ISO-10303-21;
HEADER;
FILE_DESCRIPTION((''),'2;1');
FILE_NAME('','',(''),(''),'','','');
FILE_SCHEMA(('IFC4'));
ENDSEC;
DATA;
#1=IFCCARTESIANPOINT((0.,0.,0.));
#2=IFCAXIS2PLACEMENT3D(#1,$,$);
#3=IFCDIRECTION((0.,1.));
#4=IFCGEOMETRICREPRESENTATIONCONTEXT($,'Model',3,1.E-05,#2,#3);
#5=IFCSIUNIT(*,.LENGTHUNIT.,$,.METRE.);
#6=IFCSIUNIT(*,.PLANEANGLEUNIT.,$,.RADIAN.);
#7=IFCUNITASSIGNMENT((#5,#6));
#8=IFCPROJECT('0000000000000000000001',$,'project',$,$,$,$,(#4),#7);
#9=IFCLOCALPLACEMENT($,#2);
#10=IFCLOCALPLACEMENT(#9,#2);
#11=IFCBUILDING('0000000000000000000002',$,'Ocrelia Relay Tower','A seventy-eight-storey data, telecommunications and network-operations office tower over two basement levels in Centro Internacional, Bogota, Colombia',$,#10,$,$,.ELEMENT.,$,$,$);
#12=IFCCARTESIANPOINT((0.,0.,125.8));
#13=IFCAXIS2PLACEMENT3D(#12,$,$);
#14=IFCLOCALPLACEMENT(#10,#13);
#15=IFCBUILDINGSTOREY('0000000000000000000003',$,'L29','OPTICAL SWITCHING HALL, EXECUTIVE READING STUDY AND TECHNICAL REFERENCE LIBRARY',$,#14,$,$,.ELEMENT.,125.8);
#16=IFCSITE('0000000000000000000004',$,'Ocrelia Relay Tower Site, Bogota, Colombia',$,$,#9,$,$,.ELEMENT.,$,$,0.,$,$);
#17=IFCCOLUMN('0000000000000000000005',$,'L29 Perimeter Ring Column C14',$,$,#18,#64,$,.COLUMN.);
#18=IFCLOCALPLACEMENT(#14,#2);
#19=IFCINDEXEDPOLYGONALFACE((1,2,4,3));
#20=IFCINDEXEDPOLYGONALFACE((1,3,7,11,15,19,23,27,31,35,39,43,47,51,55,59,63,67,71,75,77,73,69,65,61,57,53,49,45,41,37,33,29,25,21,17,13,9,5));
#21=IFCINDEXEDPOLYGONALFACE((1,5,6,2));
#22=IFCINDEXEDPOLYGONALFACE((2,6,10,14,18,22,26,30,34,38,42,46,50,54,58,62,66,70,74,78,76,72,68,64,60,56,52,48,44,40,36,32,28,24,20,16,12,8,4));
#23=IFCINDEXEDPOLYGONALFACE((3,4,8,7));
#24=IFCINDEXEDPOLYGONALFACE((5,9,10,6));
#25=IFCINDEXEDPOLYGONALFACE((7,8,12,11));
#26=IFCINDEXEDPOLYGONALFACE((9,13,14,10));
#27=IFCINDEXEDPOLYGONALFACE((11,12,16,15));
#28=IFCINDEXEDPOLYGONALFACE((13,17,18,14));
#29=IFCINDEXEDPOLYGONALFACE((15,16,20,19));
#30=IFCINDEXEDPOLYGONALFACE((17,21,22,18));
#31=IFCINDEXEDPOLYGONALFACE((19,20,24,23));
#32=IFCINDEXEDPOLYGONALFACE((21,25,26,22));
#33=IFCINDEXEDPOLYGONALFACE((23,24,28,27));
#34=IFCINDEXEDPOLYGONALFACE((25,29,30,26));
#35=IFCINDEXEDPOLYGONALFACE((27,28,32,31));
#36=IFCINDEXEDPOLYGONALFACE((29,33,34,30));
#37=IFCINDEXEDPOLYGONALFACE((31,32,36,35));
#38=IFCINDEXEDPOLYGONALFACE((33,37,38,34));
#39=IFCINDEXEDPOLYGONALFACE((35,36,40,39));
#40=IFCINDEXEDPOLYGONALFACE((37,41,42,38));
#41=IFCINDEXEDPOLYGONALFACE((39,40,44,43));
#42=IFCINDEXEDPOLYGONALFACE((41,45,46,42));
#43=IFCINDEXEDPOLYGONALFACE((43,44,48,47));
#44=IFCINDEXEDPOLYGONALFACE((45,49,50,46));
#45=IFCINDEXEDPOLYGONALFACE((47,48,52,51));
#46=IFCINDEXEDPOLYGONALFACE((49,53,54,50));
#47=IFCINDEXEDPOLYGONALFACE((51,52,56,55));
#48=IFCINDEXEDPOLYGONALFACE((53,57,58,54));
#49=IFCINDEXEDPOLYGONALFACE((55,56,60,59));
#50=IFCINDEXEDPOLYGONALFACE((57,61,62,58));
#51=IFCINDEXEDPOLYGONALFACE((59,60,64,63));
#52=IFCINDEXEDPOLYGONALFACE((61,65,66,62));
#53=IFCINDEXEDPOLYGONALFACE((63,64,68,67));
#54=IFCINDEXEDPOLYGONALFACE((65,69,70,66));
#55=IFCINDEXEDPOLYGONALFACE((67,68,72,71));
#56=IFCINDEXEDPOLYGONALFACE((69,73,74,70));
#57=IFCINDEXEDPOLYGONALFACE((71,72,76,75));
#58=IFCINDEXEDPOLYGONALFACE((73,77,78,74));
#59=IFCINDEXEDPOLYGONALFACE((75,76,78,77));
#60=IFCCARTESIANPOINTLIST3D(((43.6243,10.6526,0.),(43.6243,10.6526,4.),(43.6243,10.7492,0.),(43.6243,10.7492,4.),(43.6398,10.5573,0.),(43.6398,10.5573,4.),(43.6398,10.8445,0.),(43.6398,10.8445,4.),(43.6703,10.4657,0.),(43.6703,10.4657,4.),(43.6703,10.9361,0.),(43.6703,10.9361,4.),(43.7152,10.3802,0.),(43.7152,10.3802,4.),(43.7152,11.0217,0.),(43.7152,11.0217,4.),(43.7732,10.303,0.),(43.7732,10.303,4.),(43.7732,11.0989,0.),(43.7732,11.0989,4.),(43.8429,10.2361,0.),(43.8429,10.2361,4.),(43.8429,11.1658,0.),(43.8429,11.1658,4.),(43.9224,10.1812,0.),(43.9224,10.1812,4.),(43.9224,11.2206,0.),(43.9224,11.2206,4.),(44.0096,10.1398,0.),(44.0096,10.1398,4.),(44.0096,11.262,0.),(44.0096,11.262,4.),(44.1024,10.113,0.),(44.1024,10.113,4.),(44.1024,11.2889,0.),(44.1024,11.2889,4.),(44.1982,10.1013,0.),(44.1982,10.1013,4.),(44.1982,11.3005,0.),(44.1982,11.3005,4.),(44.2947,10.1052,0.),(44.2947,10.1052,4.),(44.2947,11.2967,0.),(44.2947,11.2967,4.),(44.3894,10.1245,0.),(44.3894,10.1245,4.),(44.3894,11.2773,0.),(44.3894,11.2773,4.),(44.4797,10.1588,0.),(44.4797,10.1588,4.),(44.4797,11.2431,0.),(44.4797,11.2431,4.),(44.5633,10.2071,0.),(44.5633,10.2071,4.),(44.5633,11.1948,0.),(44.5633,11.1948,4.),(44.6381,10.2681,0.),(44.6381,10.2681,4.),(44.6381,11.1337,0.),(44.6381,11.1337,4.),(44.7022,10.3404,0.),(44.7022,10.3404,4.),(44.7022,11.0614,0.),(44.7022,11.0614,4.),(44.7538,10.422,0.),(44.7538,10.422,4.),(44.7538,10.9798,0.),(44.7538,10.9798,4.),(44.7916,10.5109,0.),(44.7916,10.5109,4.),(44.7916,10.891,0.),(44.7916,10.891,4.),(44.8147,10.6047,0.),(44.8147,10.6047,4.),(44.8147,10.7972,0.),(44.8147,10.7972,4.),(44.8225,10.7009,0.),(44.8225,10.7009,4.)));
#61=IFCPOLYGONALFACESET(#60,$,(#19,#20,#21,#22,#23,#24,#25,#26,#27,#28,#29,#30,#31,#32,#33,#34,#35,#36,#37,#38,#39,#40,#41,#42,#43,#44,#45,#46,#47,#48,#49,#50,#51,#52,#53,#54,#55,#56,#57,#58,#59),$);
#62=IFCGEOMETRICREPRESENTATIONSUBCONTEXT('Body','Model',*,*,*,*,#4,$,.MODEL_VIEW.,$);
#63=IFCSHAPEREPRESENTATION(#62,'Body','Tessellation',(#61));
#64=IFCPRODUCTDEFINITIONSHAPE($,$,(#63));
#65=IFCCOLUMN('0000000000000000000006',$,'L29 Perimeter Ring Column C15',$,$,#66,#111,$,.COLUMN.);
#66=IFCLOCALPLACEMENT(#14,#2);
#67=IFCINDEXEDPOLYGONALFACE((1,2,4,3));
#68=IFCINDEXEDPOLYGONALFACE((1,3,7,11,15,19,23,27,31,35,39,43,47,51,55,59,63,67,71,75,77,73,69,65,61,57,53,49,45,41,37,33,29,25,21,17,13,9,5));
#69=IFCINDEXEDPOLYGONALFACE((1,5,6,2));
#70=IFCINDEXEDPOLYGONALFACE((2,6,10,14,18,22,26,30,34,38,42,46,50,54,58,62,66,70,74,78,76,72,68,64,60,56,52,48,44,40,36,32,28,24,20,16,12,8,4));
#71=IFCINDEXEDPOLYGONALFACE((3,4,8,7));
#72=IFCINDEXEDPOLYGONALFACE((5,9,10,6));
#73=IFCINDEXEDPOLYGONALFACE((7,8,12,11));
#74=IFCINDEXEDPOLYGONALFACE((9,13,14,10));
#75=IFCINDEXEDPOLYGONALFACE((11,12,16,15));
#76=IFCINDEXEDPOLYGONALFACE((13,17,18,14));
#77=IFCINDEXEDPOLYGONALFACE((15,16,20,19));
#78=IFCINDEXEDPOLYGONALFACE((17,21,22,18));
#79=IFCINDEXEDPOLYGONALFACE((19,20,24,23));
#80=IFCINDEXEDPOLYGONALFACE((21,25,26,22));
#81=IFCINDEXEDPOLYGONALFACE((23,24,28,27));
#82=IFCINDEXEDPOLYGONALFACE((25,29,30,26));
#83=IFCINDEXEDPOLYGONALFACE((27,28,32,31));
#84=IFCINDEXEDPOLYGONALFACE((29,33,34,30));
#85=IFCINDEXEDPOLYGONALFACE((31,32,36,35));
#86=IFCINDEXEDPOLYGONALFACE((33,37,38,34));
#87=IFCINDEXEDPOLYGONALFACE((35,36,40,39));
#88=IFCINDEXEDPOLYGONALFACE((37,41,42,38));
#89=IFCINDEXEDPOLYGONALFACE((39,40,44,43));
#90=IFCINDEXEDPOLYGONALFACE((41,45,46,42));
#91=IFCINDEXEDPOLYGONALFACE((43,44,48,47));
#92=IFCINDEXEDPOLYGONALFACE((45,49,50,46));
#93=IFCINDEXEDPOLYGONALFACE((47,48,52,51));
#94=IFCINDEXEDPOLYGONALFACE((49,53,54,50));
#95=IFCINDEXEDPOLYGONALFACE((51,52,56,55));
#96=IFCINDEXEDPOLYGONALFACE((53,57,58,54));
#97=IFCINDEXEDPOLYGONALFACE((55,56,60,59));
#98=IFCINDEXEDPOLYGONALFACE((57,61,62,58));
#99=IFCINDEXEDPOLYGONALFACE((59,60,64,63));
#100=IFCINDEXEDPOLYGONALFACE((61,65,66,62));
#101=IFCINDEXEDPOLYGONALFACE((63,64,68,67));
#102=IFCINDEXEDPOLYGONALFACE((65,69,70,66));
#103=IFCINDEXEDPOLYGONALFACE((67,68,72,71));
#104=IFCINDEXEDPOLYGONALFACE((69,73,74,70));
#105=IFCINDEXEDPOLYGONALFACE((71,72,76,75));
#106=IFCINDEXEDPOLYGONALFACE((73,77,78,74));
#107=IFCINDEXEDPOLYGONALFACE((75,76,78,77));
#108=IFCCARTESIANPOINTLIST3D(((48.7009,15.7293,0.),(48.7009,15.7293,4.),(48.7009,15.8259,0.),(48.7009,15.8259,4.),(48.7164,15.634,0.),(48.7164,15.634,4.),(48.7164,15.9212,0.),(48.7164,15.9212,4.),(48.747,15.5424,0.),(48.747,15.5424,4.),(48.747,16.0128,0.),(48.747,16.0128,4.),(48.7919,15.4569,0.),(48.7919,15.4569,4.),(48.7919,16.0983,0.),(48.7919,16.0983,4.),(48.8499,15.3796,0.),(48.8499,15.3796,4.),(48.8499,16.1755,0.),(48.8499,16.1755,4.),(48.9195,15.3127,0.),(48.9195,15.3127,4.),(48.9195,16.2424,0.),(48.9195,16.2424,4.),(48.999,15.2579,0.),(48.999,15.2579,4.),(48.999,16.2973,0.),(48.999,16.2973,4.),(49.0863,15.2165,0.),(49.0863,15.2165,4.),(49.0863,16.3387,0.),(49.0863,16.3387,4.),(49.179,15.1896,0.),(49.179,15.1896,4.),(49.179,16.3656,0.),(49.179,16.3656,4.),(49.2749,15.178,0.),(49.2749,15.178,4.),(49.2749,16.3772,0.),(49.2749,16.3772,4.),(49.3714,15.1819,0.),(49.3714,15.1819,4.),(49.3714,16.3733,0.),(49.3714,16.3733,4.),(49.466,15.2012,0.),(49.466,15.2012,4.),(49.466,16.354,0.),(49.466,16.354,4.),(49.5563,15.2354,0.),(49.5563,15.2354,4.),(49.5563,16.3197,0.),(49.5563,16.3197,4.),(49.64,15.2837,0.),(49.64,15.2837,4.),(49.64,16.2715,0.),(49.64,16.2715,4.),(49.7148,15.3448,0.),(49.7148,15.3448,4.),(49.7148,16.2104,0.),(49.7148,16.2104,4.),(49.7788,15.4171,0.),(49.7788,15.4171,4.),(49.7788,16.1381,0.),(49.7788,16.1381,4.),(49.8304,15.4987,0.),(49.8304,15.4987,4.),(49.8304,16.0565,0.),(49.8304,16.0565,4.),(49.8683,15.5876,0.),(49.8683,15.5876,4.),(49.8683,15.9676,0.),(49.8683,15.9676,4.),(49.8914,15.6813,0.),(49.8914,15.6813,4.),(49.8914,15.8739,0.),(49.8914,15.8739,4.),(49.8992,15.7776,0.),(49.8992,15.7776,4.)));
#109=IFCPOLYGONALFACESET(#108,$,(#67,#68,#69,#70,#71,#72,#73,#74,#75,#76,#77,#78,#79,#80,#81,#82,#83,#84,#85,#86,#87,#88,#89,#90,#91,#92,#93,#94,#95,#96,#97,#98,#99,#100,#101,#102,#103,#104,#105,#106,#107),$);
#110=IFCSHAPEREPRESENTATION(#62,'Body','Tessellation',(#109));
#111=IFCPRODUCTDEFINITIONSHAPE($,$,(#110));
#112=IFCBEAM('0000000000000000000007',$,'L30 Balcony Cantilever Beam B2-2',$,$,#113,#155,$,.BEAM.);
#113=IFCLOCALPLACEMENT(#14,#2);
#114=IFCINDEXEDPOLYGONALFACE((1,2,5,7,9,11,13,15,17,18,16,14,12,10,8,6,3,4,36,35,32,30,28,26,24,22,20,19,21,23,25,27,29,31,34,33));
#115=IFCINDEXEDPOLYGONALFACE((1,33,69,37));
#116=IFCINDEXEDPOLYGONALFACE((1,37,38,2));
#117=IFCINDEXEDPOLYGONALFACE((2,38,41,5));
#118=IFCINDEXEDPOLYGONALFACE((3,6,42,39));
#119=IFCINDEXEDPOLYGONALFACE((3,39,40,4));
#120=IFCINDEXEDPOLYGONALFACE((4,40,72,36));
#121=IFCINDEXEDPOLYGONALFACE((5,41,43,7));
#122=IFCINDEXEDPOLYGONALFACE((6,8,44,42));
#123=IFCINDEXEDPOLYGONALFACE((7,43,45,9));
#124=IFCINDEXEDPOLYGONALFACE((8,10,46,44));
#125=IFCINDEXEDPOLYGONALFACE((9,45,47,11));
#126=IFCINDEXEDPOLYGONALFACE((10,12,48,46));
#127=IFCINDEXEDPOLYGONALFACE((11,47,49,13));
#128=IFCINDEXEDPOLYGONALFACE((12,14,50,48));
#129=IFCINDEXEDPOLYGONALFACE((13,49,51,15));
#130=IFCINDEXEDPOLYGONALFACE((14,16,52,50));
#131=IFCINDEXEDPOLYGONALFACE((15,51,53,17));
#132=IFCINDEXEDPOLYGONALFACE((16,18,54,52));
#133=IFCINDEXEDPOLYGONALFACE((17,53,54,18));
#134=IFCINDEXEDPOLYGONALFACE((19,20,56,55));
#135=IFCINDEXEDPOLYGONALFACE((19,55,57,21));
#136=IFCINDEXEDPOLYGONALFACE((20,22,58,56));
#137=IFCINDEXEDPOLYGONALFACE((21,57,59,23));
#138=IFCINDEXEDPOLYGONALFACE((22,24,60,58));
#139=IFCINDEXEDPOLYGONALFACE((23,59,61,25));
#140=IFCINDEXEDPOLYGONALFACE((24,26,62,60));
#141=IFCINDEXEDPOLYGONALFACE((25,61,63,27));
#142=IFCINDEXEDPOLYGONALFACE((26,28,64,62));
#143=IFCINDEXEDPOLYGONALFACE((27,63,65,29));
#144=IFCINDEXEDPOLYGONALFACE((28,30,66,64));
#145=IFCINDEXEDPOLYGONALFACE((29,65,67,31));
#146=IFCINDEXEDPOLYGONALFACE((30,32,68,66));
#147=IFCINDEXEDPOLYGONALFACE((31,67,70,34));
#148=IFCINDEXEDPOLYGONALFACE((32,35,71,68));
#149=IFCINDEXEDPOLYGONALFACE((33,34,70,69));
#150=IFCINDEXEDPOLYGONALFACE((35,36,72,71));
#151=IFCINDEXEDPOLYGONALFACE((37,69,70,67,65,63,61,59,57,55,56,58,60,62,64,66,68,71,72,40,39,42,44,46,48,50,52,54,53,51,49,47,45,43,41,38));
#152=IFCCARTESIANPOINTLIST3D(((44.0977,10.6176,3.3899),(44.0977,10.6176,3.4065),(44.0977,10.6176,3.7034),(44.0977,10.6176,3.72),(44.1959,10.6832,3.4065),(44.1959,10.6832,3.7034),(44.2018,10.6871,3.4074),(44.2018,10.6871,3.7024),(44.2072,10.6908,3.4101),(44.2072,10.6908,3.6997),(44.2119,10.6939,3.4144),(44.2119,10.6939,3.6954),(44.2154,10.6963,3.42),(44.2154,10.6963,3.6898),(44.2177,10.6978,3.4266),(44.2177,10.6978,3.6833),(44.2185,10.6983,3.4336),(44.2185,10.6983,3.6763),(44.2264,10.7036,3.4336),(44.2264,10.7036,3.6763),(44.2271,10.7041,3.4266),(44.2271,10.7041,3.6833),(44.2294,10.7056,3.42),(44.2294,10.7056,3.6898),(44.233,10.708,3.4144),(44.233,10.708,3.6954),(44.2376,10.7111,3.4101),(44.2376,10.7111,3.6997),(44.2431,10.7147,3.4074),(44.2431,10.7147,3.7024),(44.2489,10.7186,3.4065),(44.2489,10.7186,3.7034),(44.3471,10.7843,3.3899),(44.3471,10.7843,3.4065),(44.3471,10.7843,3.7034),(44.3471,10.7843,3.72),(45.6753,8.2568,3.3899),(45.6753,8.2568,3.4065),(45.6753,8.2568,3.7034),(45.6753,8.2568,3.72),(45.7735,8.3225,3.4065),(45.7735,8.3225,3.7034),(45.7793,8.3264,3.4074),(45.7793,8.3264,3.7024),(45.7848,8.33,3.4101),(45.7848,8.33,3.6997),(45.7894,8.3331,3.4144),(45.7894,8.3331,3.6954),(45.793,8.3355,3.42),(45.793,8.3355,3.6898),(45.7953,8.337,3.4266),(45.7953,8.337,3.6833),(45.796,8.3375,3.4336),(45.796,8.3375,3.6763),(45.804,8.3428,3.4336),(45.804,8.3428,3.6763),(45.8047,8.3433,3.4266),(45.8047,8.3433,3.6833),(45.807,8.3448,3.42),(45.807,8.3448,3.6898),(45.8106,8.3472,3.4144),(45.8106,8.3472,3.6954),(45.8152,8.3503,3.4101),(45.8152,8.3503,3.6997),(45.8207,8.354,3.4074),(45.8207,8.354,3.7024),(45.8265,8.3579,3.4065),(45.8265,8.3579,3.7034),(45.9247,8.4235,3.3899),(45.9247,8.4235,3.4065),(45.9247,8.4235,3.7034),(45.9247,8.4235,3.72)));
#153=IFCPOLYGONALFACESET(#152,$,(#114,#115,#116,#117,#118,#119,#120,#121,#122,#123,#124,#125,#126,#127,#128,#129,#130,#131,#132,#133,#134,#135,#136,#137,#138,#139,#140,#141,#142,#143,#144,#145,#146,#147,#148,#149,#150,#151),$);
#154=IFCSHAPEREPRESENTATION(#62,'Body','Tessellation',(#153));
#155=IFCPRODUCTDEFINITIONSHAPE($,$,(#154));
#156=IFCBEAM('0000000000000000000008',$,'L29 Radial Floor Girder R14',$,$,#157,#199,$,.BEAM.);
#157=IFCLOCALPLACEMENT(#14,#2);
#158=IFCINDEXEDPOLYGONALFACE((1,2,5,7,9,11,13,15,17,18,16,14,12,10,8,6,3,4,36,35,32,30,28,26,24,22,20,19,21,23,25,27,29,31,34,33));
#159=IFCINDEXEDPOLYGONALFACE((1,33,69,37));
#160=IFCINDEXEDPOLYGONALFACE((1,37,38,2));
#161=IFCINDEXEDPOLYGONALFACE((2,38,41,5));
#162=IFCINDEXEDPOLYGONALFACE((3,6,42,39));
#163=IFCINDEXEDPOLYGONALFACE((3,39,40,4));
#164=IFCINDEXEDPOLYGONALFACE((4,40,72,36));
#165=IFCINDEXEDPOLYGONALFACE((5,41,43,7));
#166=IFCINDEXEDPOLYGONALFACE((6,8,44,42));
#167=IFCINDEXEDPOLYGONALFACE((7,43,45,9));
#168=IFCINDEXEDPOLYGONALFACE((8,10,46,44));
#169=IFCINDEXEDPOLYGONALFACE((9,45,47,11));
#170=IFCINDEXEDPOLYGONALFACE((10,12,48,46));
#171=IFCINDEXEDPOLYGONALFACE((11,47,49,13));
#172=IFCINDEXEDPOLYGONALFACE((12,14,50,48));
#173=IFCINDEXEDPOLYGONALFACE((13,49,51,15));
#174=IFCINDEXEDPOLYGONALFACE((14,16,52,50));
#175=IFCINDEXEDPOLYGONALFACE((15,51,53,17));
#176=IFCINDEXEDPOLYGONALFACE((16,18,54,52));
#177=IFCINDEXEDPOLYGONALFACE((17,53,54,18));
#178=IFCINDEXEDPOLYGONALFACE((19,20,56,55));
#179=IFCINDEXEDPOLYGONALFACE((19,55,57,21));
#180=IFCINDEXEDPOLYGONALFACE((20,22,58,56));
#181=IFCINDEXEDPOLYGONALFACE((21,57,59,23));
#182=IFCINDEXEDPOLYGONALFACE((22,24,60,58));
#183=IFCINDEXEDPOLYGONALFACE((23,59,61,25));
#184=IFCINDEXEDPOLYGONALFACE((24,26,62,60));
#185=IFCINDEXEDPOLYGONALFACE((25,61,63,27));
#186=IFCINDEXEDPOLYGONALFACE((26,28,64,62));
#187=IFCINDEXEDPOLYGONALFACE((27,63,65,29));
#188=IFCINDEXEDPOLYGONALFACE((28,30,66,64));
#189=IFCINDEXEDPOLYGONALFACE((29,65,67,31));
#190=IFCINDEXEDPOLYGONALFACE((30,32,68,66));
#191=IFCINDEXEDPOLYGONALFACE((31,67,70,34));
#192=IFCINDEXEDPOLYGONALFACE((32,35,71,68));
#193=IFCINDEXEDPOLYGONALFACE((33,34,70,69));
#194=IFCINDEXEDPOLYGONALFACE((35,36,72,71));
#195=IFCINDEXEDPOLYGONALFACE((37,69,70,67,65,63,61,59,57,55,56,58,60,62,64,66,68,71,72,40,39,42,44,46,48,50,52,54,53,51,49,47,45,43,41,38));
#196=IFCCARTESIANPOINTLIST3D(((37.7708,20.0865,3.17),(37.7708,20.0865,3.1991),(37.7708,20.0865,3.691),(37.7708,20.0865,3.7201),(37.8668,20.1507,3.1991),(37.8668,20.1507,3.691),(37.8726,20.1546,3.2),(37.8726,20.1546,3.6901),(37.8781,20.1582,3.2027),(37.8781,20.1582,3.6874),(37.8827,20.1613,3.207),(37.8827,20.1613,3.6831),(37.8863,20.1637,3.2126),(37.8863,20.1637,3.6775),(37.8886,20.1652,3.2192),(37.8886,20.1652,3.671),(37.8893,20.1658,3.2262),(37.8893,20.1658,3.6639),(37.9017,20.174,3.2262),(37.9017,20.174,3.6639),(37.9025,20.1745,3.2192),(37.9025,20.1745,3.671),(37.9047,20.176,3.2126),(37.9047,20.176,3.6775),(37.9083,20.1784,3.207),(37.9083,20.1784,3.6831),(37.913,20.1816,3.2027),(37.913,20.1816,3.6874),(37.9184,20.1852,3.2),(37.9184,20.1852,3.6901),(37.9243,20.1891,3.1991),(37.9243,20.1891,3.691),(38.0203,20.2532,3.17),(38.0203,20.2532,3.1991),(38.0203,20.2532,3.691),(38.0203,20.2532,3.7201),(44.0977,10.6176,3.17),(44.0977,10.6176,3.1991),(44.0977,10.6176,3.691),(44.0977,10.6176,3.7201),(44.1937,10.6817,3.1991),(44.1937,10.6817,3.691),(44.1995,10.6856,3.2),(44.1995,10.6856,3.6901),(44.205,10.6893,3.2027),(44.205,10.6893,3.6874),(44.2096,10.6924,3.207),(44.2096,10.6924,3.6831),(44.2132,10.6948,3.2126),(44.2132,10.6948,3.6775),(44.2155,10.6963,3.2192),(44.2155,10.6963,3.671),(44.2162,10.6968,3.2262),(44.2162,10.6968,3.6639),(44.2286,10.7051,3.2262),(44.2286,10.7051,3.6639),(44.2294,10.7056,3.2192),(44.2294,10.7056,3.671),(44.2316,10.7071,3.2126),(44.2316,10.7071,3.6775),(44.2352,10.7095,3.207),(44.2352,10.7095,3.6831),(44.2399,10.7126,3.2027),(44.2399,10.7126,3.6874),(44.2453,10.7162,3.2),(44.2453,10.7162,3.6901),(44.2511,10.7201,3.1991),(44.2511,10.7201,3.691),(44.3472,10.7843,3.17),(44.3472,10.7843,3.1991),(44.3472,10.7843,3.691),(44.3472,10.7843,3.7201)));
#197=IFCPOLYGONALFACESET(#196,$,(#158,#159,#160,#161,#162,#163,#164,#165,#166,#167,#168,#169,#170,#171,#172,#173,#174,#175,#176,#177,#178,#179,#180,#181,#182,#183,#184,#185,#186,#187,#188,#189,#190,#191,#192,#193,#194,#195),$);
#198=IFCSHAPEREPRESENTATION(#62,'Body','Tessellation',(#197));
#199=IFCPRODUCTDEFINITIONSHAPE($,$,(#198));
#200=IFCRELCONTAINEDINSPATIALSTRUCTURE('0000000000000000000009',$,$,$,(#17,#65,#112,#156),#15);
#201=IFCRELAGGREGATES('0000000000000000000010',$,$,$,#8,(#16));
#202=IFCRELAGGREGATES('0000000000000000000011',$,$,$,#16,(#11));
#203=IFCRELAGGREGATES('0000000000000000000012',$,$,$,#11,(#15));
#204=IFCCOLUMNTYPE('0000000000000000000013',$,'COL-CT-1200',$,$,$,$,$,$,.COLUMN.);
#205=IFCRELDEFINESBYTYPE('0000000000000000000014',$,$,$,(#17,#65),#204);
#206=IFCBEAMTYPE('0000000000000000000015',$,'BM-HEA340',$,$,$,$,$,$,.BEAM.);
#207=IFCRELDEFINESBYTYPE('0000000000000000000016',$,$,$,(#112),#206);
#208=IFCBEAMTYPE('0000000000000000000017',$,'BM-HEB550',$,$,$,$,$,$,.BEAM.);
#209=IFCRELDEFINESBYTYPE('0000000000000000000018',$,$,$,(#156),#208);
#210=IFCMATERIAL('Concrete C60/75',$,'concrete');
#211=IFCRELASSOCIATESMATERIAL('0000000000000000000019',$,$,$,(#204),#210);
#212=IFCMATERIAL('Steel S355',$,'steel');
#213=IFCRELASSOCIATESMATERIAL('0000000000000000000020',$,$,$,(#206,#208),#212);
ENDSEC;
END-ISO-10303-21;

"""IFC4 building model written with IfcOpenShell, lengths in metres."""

from ifc_helpers import new_model, si_unit, direction, frame, origin, origin_2d, place, context, subcontext, project, spatial, circle, i_section, extrude, material, material_profile, profile_set, type_object, element, save


model = new_model("IFC4")

# Units and contexts
model_context = context("Model", 3, precision=1e-05, world=origin(), true_north=direction((0.0, 1.0)))
body_context = subcontext(model_context, "Body", "Model", "MODEL_VIEW")
ifc_project = project(units=[si_unit("LENGTHUNIT", "METRE"), si_unit("PLANEANGLEUNIT", "RADIAN")], contexts=[model_context])

# Site, building, storey
site_placement = place(None, origin())
site = spatial("IfcSite", under=ifc_project, at=site_placement, Name="Ocrelia Relay Tower Site, Bogota, Colombia", CompositionType="ELEMENT", RefElevation=0.0)
building_placement = place(site_placement, origin())
building = spatial("IfcBuilding", under=site, at=building_placement, Name="Ocrelia Relay Tower", Description="A seventy-eight-storey data, telecommunications and network-operations office tower over two basement levels in Centro Internacional, Bogota, Colombia", CompositionType="ELEMENT")
storey_placement = place(building_placement, frame((0.0, 0.0, 125.8)))
storey = spatial("IfcBuildingStorey", under=building, at=storey_placement, Name="L29", Description="OPTICAL SWITCHING HALL, EXECUTIVE READING STUDY AND TECHNICAL REFERENCE LIBRARY", CompositionType="ELEMENT", Elevation=125.8)

# Columns
ifc_material_1 = material(Name="Concrete C60/75", Category="concrete")
ifc_material_profile_1 = material_profile(ifc_material_1, circle(Radius=0.6001, at=origin_2d()), Name="RC-CIR-1200")
ifc_profile_set_1 = profile_set([ifc_material_profile_1], Name="Concrete C60/75")
column_type = type_object("IfcColumnType", Name="COL-CT-1200", PredefinedType="COLUMN", material=ifc_profile_set_1)
for number, where, z_axis, x_axis, name in (
    (1, (44.2224, 10.7009, 0.0), (0.0, 0.0, 1.0), (1.0, 0.0, 0.0), "L29 Perimeter Ring Column C14"),
    (2, (49.2991, 15.7776, 0.0), (0.0, 0.0, 1.0), (1.0, 0.0, 0.0), "L29 Perimeter Ring Column C15"),
):
    element("IfcColumn", number, at=place(storey_placement, frame(where, z_axis=z_axis, x_axis=x_axis)), inside=storey, type_object=column_type, Name=name, PredefinedType="COLUMN", context=body_context, shape_type="SweptSolid", body=[
        extrude(circle(Radius=0.6001, at=origin_2d()), origin(), (0.0, 0.0, 1.0), 4.0),
    ])

# Beams
ifc_material_2 = material(Name="Steel S355", Category="steel")
ifc_material_profile_2 = material_profile(ifc_material_2, i_section(OverallWidth=0.3, OverallDepth=0.3301, WebThickness=0.0095, FlangeThickness=0.0166, FilletRadius=0.0271, at=origin_2d()), Name="HEA 340")
ifc_profile_set_2 = profile_set([ifc_material_profile_2], Name="Steel S355")
beam_type_1 = type_object("IfcBeamType", Name="BM-HEA340", PredefinedType="BEAM", material=ifc_profile_set_2)
beam_1_placement = place(storey_placement, frame((44.2224, 10.7009, 3.5549), z_axis=(0.555613, -0.831441, 0.0), x_axis=(0.831441, 0.555613, 0.0)))
element("IfcBeam", 3, at=beam_1_placement, inside=storey, type_object=beam_type_1, Name="L30 Balcony Cantilever Beam B2-2", PredefinedType="BEAM", context=body_context, shape_type="SweptSolid", body=[
    extrude(i_section(OverallWidth=0.3, OverallDepth=0.3301, WebThickness=0.0095, FlangeThickness=0.0166, FilletRadius=0.0271, at=origin_2d()), origin(), (0.0, 0.0, 1.0), 2.8394),
])
ifc_material_profile_3 = material_profile(ifc_material_2, i_section(OverallWidth=0.3, OverallDepth=0.55, WebThickness=0.0149, FlangeThickness=0.0291, FilletRadius=0.0271, at=origin_2d()), Name="HEB 550")
ifc_profile_set_3 = profile_set([ifc_material_profile_3], Name="Steel S355")
beam_type_2 = type_object("IfcBeamType", Name="BM-HEB550", PredefinedType="BEAM", material=ifc_profile_set_3)
beam_2_placement = place(storey_placement, frame((44.2224, 10.7009, 3.4451), z_axis=(-0.555566, 0.831473, 0.0), x_axis=(-0.831473, -0.555566, 0.0)))
element("IfcBeam", 4, at=beam_2_placement, inside=storey, type_object=beam_type_2, Name="L29 Radial Floor Girder R14", PredefinedType="BEAM", context=body_context, shape_type="SweptSolid", body=[
    extrude(i_section(OverallWidth=0.3, OverallDepth=0.55, WebThickness=0.0149, FlangeThickness=0.0291, FilletRadius=0.0271, at=origin_2d()), origin(), (0.0, 0.0, 1.0), 11.3882),
])

save(model, "model.ifc")
